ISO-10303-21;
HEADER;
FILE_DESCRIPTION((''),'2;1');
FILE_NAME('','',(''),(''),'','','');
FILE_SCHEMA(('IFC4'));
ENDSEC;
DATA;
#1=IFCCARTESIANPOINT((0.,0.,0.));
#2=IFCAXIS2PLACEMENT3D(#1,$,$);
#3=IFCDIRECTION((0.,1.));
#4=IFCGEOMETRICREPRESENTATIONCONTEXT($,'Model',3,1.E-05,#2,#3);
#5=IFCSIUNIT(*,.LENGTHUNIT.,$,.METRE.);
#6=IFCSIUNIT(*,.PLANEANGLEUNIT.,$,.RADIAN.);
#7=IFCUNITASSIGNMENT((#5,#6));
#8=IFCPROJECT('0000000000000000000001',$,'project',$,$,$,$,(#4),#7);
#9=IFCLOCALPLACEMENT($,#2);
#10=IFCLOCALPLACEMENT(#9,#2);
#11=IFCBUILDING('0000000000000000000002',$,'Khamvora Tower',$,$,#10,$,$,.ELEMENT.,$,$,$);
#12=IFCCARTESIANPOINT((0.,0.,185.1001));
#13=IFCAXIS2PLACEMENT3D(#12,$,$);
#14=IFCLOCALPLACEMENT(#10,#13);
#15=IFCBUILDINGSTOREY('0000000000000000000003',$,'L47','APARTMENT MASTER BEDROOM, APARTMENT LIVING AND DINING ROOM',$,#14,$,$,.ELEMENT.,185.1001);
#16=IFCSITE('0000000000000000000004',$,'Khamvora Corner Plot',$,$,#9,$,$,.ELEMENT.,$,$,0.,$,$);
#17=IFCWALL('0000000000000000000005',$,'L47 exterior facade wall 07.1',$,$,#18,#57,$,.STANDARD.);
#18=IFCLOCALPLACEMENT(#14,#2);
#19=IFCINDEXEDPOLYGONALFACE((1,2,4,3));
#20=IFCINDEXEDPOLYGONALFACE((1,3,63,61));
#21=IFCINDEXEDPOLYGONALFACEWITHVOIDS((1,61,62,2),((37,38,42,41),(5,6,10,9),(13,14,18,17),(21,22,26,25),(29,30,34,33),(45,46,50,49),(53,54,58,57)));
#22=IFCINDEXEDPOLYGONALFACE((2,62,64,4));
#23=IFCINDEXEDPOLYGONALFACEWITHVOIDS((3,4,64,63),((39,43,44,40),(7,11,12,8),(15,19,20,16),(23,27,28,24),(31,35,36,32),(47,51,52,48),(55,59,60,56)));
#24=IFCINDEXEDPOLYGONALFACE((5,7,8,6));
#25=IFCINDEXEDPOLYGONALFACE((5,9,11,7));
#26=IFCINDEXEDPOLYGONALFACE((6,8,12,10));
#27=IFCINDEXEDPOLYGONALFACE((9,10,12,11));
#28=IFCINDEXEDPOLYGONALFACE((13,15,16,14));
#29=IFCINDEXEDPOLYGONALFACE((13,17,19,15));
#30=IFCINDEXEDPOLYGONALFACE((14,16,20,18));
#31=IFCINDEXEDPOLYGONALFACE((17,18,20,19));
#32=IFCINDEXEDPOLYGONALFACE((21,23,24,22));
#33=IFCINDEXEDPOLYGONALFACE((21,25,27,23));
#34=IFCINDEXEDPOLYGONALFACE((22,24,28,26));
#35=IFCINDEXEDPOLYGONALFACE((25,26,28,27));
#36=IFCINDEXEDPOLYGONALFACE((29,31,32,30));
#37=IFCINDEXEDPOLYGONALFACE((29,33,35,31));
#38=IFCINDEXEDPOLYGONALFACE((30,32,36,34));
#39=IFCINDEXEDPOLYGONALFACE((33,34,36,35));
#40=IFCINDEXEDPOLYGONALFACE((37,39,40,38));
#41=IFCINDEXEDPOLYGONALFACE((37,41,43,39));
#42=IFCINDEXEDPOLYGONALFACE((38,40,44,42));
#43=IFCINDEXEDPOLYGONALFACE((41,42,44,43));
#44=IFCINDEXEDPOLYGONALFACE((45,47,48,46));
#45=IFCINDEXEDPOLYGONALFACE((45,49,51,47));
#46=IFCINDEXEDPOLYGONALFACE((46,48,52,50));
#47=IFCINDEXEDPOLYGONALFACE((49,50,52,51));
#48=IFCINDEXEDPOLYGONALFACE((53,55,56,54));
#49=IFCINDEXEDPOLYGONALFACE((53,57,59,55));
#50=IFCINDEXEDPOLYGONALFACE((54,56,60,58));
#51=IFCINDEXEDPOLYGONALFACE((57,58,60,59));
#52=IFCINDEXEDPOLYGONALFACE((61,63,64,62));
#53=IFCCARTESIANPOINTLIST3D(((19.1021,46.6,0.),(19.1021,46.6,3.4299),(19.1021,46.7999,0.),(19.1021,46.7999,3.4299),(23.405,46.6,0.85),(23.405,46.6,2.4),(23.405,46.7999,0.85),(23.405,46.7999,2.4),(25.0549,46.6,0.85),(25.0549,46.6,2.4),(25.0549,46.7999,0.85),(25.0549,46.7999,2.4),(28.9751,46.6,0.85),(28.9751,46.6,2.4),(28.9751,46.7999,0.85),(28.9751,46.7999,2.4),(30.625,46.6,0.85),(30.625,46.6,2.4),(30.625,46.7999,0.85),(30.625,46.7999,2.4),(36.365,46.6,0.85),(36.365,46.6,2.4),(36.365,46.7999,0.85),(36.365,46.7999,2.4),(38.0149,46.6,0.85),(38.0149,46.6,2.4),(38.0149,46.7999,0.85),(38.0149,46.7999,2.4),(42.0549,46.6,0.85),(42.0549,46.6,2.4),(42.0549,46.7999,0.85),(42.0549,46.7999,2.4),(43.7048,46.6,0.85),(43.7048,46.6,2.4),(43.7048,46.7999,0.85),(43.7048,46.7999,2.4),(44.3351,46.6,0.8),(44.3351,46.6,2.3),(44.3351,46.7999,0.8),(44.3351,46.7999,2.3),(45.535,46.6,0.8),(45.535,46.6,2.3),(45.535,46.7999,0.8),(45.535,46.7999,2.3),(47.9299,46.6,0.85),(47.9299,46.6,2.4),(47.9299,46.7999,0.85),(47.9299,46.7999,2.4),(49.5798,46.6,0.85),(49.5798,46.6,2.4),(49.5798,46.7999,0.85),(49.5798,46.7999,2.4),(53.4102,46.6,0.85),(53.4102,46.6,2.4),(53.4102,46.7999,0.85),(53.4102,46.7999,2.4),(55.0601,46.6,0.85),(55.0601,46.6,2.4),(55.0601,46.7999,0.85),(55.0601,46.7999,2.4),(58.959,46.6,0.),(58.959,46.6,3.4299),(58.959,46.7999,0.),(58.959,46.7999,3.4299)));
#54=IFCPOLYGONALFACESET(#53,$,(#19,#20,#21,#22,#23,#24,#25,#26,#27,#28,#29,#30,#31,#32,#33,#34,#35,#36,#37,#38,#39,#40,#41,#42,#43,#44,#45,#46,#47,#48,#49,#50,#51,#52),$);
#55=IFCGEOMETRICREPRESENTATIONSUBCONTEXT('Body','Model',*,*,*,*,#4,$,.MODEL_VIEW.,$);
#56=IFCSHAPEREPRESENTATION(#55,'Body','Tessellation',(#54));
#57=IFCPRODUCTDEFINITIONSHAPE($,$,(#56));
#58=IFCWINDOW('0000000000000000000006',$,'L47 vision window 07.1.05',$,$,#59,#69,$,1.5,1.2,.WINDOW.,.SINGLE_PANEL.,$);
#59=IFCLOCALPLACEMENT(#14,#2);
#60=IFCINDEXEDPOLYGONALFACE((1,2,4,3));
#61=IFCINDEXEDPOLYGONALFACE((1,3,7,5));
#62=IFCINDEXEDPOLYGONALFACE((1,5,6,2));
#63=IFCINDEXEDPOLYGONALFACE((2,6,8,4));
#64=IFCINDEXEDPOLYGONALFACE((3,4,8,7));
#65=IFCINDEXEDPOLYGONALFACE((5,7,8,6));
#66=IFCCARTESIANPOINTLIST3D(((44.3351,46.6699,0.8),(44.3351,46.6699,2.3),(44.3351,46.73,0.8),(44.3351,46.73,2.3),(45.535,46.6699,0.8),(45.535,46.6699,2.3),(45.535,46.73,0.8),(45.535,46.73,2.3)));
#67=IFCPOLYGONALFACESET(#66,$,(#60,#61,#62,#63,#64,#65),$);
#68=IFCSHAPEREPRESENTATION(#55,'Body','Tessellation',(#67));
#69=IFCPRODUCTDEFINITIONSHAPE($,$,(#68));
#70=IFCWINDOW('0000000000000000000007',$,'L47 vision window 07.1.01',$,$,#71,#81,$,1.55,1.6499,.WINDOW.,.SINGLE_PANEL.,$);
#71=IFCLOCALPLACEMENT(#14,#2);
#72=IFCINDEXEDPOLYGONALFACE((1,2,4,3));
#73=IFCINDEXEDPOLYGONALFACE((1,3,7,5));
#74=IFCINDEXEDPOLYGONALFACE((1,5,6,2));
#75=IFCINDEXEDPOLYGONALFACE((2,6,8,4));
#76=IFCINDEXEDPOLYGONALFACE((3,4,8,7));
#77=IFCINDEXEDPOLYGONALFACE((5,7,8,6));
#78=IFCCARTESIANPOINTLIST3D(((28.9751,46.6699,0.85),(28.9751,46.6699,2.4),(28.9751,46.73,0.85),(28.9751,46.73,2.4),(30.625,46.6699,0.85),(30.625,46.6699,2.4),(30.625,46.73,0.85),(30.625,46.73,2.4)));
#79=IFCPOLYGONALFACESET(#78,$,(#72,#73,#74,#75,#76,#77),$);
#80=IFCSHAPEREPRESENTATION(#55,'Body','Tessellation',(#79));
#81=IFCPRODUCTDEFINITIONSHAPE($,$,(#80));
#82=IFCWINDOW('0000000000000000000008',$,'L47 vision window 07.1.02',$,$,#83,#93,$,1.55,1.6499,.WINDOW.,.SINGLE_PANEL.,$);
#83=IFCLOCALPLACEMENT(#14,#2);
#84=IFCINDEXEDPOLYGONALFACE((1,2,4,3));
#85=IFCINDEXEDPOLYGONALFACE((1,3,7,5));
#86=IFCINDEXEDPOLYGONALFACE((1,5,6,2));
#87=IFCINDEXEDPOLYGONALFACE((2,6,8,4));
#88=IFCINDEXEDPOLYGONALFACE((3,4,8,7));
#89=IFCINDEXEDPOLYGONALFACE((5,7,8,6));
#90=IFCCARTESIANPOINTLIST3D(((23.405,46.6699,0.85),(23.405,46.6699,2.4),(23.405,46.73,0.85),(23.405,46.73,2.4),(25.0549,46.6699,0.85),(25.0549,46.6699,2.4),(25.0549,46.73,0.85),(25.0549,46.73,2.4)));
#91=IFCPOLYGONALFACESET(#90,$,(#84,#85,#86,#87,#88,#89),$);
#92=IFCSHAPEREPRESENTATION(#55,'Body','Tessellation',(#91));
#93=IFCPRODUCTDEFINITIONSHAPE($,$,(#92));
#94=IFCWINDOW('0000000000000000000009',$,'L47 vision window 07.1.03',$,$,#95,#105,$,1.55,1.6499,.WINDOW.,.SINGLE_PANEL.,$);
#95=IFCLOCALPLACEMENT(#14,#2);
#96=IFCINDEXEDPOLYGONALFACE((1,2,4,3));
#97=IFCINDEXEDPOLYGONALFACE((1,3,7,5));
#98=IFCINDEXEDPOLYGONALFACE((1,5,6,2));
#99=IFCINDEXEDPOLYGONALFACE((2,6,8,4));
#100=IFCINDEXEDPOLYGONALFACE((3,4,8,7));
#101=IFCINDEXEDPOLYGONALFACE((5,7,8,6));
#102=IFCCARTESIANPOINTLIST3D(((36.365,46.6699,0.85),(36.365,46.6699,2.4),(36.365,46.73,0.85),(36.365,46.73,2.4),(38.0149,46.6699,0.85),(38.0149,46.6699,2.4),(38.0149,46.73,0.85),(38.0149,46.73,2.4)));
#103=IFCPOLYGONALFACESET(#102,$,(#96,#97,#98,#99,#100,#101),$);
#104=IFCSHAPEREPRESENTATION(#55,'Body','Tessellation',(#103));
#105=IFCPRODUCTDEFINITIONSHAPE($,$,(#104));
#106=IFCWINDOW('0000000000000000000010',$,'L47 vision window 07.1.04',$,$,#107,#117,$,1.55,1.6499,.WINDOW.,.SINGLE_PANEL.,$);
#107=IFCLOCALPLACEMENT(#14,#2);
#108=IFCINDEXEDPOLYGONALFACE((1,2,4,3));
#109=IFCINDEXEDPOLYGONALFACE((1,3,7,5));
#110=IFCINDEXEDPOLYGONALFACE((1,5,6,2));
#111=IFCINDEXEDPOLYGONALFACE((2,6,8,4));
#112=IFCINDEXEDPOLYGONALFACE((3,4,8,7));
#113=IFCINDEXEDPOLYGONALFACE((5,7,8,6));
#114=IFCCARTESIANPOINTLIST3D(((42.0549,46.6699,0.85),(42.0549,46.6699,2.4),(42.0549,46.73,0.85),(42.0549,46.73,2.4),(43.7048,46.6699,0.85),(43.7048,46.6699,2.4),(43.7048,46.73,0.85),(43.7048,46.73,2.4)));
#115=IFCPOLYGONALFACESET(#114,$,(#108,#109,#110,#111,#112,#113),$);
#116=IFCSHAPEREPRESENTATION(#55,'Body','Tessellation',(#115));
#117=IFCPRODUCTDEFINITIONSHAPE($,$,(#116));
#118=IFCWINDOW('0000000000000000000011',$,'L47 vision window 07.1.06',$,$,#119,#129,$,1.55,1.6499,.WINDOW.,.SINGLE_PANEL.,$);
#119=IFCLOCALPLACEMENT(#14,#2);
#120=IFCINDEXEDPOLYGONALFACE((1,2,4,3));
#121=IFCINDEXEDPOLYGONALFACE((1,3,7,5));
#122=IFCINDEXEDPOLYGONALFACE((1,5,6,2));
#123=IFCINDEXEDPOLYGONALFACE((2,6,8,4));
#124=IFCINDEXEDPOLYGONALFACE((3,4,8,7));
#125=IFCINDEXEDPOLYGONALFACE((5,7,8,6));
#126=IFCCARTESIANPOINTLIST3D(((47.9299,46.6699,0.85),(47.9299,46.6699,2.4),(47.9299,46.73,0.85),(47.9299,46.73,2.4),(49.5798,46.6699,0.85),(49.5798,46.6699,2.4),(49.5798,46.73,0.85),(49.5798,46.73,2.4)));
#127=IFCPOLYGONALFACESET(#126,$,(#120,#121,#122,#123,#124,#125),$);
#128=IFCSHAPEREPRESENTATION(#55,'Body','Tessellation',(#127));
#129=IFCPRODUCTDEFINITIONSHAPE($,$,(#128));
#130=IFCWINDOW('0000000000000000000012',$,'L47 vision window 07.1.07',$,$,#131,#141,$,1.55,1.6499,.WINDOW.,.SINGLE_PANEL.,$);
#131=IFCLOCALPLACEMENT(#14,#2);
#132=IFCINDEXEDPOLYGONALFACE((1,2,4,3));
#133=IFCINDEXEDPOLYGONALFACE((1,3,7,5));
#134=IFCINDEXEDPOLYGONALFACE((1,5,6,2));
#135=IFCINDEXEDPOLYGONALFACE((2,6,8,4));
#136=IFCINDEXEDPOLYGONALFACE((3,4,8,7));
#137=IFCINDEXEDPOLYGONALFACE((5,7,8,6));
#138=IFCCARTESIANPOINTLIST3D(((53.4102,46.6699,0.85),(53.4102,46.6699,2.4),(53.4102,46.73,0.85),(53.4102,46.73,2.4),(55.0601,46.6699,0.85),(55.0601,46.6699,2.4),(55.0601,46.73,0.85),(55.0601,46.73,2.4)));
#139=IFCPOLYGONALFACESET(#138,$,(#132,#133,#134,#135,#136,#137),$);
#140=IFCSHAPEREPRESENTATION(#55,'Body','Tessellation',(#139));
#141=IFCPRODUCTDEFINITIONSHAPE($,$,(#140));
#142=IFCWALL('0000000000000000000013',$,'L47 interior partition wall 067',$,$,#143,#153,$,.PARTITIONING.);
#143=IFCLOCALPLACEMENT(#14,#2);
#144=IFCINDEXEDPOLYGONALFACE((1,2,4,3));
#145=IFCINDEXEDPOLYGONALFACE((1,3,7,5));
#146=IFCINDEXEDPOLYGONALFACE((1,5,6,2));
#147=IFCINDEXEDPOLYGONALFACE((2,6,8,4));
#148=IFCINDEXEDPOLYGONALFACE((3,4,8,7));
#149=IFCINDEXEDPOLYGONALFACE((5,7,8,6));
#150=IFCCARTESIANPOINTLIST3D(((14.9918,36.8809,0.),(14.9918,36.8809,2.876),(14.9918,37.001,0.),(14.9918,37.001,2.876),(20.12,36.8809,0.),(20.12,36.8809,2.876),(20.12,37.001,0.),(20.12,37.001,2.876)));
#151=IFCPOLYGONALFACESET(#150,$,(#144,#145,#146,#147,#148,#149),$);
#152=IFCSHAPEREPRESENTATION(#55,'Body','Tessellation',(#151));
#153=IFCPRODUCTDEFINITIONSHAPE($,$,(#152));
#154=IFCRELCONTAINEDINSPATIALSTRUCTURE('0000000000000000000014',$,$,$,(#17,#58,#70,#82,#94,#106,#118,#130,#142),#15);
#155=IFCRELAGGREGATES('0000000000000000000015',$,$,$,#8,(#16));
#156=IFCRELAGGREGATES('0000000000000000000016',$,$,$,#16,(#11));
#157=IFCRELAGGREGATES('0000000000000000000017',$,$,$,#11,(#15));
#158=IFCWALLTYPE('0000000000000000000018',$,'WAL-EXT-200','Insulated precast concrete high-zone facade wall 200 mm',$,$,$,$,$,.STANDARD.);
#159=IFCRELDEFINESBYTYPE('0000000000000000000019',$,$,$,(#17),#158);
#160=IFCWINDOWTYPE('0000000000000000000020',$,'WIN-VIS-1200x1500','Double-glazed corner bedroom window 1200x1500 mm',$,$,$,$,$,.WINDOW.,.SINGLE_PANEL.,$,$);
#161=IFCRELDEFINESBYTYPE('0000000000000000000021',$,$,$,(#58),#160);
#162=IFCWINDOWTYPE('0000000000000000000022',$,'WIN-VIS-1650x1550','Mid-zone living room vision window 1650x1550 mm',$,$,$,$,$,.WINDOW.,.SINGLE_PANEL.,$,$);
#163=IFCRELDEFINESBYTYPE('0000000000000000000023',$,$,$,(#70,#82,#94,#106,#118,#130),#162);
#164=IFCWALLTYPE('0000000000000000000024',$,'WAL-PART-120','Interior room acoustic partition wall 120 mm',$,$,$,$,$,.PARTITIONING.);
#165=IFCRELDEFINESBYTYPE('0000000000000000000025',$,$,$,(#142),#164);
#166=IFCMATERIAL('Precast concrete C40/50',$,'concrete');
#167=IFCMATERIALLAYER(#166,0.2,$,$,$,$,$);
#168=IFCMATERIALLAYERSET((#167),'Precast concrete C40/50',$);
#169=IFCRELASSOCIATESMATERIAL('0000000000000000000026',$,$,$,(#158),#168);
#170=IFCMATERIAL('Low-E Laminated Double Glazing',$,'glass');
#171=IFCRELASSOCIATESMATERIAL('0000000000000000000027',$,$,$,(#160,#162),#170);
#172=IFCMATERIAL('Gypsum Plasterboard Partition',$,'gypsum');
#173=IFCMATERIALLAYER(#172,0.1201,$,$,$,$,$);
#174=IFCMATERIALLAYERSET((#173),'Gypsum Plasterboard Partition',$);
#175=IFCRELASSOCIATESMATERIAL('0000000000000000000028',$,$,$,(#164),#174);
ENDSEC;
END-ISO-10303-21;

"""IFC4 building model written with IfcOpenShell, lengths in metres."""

from ifc_helpers import new_model, si_unit, direction, frame, frame_2d, origin, place, context, subcontext, project, spatial, rectangle, extrude, material, layer, layer_set, type_object, element, fill, save


model = new_model("IFC4")

# Units and contexts
model_context = context("Model", 3, precision=1e-05, world=origin(), true_north=direction((0.0, 1.0)))
body_context = subcontext(model_context, "Body", "Model", "MODEL_VIEW")
ifc_project = project(units=[si_unit("LENGTHUNIT", "METRE"), si_unit("PLANEANGLEUNIT", "RADIAN")], contexts=[model_context])

# Site, building, storey
site_placement = place(None, origin())
site = spatial("IfcSite", under=ifc_project, at=site_placement, Name="Khamvora Corner Plot", CompositionType="ELEMENT", RefElevation=0.0)
building_placement = place(site_placement, origin())
building = spatial("IfcBuilding", under=site, at=building_placement, Name="Khamvora Tower", CompositionType="ELEMENT")
storey_placement = place(building_placement, frame((0.0, 0.0, 185.1001)))
storey = spatial("IfcBuildingStorey", under=building, at=storey_placement, Name="L47", Description="APARTMENT MASTER BEDROOM, APARTMENT LIVING AND DINING ROOM", CompositionType="ELEMENT", Elevation=185.1001)

# Shared definitions
ifc_material_1 = material(Name="Precast concrete C40/50", Category="concrete")
ifc_layer_1 = layer(ifc_material_1, 0.2)
ifc_layer_set_1 = layer_set([ifc_layer_1], Name="Precast concrete C40/50")
wall_type_1 = type_object("IfcWallType", Name="WAL-EXT-200", Description="Insulated precast concrete high-zone facade wall 200 mm", PredefinedType="STANDARD", material=ifc_layer_set_1)

# Wall, openings, windows
wall_1_placement = place(storey_placement, frame((19.1021, 46.7, 0.0), z_axis=(0.0, 0.0, 1.0), x_axis=(1.0, 0.0, 0.0)))
wall_1 = element("IfcWall", 1, at=wall_1_placement, inside=storey, type_object=wall_type_1, Name="L47 exterior facade wall 07.1", PredefinedType="STANDARD", context=body_context, shape_type="SweptSolid", body=[
    extrude(rectangle(XDim=39.8569, YDim=0.2, at=frame_2d((19.9285, 0.0))), origin(), (0.0, 0.0, 1.0), 3.4299),
])
opening_1_placement = place(wall_1_placement, frame((9.873, 0.0, 0.8501)))
opening_1 = element("IfcOpeningElement", 2, at=opening_1_placement, cuts=wall_1, PredefinedType="OPENING", context=body_context, shape_type="SweptSolid", body=[
    extrude(rectangle(XDim=1.6499, YDim=1.55, at=frame_2d((0.825, 0.7749))), frame((0.0, 0.1099, 0.0), z_axis=(0.0, -1.0, 0.0), x_axis=(1.0, 0.0, 0.0)), (0.0, 0.0, 1.0), 0.22),
])
opening_2_placement = place(wall_1_placement, frame((4.303, 0.0, 0.8501)))
opening_2 = element("IfcOpeningElement", 3, at=opening_2_placement, cuts=wall_1, PredefinedType="OPENING", context=body_context, shape_type="SweptSolid", body=[
    extrude(rectangle(XDim=1.6499, YDim=1.55, at=frame_2d((0.825, 0.7749))), frame((0.0, 0.1099, 0.0), z_axis=(0.0, -1.0, 0.0), x_axis=(1.0, 0.0, 0.0)), (0.0, 0.0, 1.0), 0.22),
])
opening_3_placement = place(wall_1_placement, frame((17.2629, 0.0, 0.8501)))
opening_3 = element("IfcOpeningElement", 4, at=opening_3_placement, cuts=wall_1, PredefinedType="OPENING", context=body_context, shape_type="SweptSolid", body=[
    extrude(rectangle(XDim=1.6499, YDim=1.55, at=frame_2d((0.825, 0.7749))), frame((0.0, 0.1099, 0.0), z_axis=(0.0, -1.0, 0.0), x_axis=(1.0, 0.0, 0.0)), (0.0, 0.0, 1.0), 0.22),
])
opening_4_placement = place(wall_1_placement, frame((22.9529, 0.0, 0.8501)))
opening_4 = element("IfcOpeningElement", 5, at=opening_4_placement, cuts=wall_1, PredefinedType="OPENING", context=body_context, shape_type="SweptSolid", body=[
    extrude(rectangle(XDim=1.6499, YDim=1.55, at=frame_2d((0.825, 0.7749))), frame((0.0, 0.1099, 0.0), z_axis=(0.0, -1.0, 0.0), x_axis=(1.0, 0.0, 0.0)), (0.0, 0.0, 1.0), 0.22),
])
opening_5_placement = place(wall_1_placement, frame((25.2329, 0.0, 0.8)))
opening_5 = element("IfcOpeningElement", 6, at=opening_5_placement, cuts=wall_1, PredefinedType="OPENING", context=body_context, shape_type="SweptSolid", body=[
    extrude(rectangle(XDim=1.2, YDim=1.5, at=frame_2d((0.6001, 0.75))), frame((0.0, 0.1099, 0.0), z_axis=(0.0, -1.0, 0.0), x_axis=(1.0, 0.0, 0.0)), (0.0, 0.0, 1.0), 0.22),
])
opening_6_placement = place(wall_1_placement, frame((28.8279, 0.0, 0.8501)))
opening_6 = element("IfcOpeningElement", 7, at=opening_6_placement, cuts=wall_1, PredefinedType="OPENING", context=body_context, shape_type="SweptSolid", body=[
    extrude(rectangle(XDim=1.6499, YDim=1.55, at=frame_2d((0.825, 0.7749))), frame((0.0, 0.1099, 0.0), z_axis=(0.0, -1.0, 0.0), x_axis=(1.0, 0.0, 0.0)), (0.0, 0.0, 1.0), 0.22),
])
opening_7_placement = place(wall_1_placement, frame((34.3081, 0.0, 0.8501)))
opening_7 = element("IfcOpeningElement", 8, at=opening_7_placement, cuts=wall_1, PredefinedType="OPENING", context=body_context, shape_type="SweptSolid", body=[
    extrude(rectangle(XDim=1.6499, YDim=1.55, at=frame_2d((0.825, 0.7749))), frame((0.0, 0.1099, 0.0), z_axis=(0.0, -1.0, 0.0), x_axis=(1.0, 0.0, 0.0)), (0.0, 0.0, 1.0), 0.22),
])
ifc_material_2 = material(Name="Low-E Laminated Double Glazing", Category="glass")
window_type_1 = type_object("IfcWindowType", Name="WIN-VIS-1200x1500", Description="Double-glazed corner bedroom window 1200x1500 mm", PartitioningType="SINGLE_PANEL", PredefinedType="WINDOW", material=ifc_material_2)
window_1_placement = place(opening_5_placement, origin())
window_1 = element("IfcWindow", 9, at=window_1_placement, inside=storey, type_object=window_type_1, Name="L47 vision window 07.1.05", OverallHeight=1.5, OverallWidth=1.2, PartitioningType="SINGLE_PANEL", PredefinedType="WINDOW", context=body_context, shape_type="SweptSolid", body=[
    extrude(rectangle(XDim=1.2, YDim=1.5, at=frame_2d((0.6001, 0.75))), frame((0.0, 0.03, 0.0), z_axis=(0.0, -1.0, 0.0), x_axis=(1.0, 0.0, 0.0)), (0.0, 0.0, 1.0), 0.0601),
])
fill(opening_5, window_1)
window_type_2 = type_object("IfcWindowType", Name="WIN-VIS-1650x1550", Description="Mid-zone living room vision window 1650x1550 mm", PartitioningType="SINGLE_PANEL", PredefinedType="WINDOW", material=ifc_material_2)
window_2_placement = place(opening_1_placement, origin())
window_2 = element("IfcWindow", 10, at=window_2_placement, inside=storey, type_object=window_type_2, Name="L47 vision window 07.1.01", OverallHeight=1.55, OverallWidth=1.6499, PartitioningType="SINGLE_PANEL", PredefinedType="WINDOW", context=body_context, shape_type="SweptSolid", body=[
    extrude(rectangle(XDim=1.6499, YDim=1.55, at=frame_2d((0.825, 0.7749))), frame((0.0, 0.03, 0.0), z_axis=(0.0, -1.0, 0.0), x_axis=(1.0, 0.0, 0.0)), (0.0, 0.0, 1.0), 0.0601),
])
fill(opening_1, window_2)
window_3_placement = place(opening_2_placement, origin())
window_3 = element("IfcWindow", 11, at=window_3_placement, inside=storey, type_object=window_type_2, Name="L47 vision window 07.1.02", OverallHeight=1.55, OverallWidth=1.6499, PartitioningType="SINGLE_PANEL", PredefinedType="WINDOW", context=body_context, shape_type="SweptSolid", body=[
    extrude(rectangle(XDim=1.6499, YDim=1.55, at=frame_2d((0.825, 0.7749))), frame((0.0, 0.03, 0.0), z_axis=(0.0, -1.0, 0.0), x_axis=(1.0, 0.0, 0.0)), (0.0, 0.0, 1.0), 0.0601),
])
fill(opening_2, window_3)
window_4_placement = place(opening_3_placement, origin())
window_4 = element("IfcWindow", 12, at=window_4_placement, inside=storey, type_object=window_type_2, Name="L47 vision window 07.1.03", OverallHeight=1.55, OverallWidth=1.6499, PartitioningType="SINGLE_PANEL", PredefinedType="WINDOW", context=body_context, shape_type="SweptSolid", body=[
    extrude(rectangle(XDim=1.6499, YDim=1.55, at=frame_2d((0.825, 0.7749))), frame((0.0, 0.03, 0.0), z_axis=(0.0, -1.0, 0.0), x_axis=(1.0, 0.0, 0.0)), (0.0, 0.0, 1.0), 0.0601),
])
fill(opening_3, window_4)
window_5_placement = place(opening_4_placement, origin())
window_5 = element("IfcWindow", 13, at=window_5_placement, inside=storey, type_object=window_type_2, Name="L47 vision window 07.1.04", OverallHeight=1.55, OverallWidth=1.6499, PartitioningType="SINGLE_PANEL", PredefinedType="WINDOW", context=body_context, shape_type="SweptSolid", body=[
    extrude(rectangle(XDim=1.6499, YDim=1.55, at=frame_2d((0.825, 0.7749))), frame((0.0, 0.03, 0.0), z_axis=(0.0, -1.0, 0.0), x_axis=(1.0, 0.0, 0.0)), (0.0, 0.0, 1.0), 0.0601),
])
fill(opening_4, window_5)
window_6_placement = place(opening_6_placement, origin())
window_6 = element("IfcWindow", 14, at=window_6_placement, inside=storey, type_object=window_type_2, Name="L47 vision window 07.1.06", OverallHeight=1.55, OverallWidth=1.6499, PartitioningType="SINGLE_PANEL", PredefinedType="WINDOW", context=body_context, shape_type="SweptSolid", body=[
    extrude(rectangle(XDim=1.6499, YDim=1.55, at=frame_2d((0.825, 0.7749))), frame((0.0, 0.03, 0.0), z_axis=(0.0, -1.0, 0.0), x_axis=(1.0, 0.0, 0.0)), (0.0, 0.0, 1.0), 0.0601),
])
fill(opening_6, window_6)
window_7_placement = place(opening_7_placement, origin())
window_7 = element("IfcWindow", 15, at=window_7_placement, inside=storey, type_object=window_type_2, Name="L47 vision window 07.1.07", OverallHeight=1.55, OverallWidth=1.6499, PartitioningType="SINGLE_PANEL", PredefinedType="WINDOW", context=body_context, shape_type="SweptSolid", body=[
    extrude(rectangle(XDim=1.6499, YDim=1.55, at=frame_2d((0.825, 0.7749))), frame((0.0, 0.03, 0.0), z_axis=(0.0, -1.0, 0.0), x_axis=(1.0, 0.0, 0.0)), (0.0, 0.0, 1.0), 0.0601),
])
fill(opening_7, window_7)

# Wall
ifc_material_3 = material(Name="Gypsum Plasterboard Partition", Category="gypsum")
ifc_layer_2 = layer(ifc_material_3, 0.1201)
ifc_layer_set_2 = layer_set([ifc_layer_2], Name="Gypsum Plasterboard Partition")
wall_type_2 = type_object("IfcWallType", Name="WAL-PART-120", Description="Interior room acoustic partition wall 120 mm", PredefinedType="PARTITIONING", material=ifc_layer_set_2)
wall_2_placement = place(storey_placement, frame((14.9919, 36.9409, 0.0), z_axis=(0.0, 0.0, 1.0), x_axis=(1.0, 0.0, 0.0)))
element("IfcWall", 16, at=wall_2_placement, inside=storey, type_object=wall_type_2, Name="L47 interior partition wall 067", PredefinedType="PARTITIONING", context=body_context, shape_type="SweptSolid", body=[
    extrude(rectangle(XDim=5.1282, YDim=0.1201, at=frame_2d((2.564, 0.0))), origin(), (0.0, 0.0, 1.0), 2.876),
])

save(model, "model.ifc")
